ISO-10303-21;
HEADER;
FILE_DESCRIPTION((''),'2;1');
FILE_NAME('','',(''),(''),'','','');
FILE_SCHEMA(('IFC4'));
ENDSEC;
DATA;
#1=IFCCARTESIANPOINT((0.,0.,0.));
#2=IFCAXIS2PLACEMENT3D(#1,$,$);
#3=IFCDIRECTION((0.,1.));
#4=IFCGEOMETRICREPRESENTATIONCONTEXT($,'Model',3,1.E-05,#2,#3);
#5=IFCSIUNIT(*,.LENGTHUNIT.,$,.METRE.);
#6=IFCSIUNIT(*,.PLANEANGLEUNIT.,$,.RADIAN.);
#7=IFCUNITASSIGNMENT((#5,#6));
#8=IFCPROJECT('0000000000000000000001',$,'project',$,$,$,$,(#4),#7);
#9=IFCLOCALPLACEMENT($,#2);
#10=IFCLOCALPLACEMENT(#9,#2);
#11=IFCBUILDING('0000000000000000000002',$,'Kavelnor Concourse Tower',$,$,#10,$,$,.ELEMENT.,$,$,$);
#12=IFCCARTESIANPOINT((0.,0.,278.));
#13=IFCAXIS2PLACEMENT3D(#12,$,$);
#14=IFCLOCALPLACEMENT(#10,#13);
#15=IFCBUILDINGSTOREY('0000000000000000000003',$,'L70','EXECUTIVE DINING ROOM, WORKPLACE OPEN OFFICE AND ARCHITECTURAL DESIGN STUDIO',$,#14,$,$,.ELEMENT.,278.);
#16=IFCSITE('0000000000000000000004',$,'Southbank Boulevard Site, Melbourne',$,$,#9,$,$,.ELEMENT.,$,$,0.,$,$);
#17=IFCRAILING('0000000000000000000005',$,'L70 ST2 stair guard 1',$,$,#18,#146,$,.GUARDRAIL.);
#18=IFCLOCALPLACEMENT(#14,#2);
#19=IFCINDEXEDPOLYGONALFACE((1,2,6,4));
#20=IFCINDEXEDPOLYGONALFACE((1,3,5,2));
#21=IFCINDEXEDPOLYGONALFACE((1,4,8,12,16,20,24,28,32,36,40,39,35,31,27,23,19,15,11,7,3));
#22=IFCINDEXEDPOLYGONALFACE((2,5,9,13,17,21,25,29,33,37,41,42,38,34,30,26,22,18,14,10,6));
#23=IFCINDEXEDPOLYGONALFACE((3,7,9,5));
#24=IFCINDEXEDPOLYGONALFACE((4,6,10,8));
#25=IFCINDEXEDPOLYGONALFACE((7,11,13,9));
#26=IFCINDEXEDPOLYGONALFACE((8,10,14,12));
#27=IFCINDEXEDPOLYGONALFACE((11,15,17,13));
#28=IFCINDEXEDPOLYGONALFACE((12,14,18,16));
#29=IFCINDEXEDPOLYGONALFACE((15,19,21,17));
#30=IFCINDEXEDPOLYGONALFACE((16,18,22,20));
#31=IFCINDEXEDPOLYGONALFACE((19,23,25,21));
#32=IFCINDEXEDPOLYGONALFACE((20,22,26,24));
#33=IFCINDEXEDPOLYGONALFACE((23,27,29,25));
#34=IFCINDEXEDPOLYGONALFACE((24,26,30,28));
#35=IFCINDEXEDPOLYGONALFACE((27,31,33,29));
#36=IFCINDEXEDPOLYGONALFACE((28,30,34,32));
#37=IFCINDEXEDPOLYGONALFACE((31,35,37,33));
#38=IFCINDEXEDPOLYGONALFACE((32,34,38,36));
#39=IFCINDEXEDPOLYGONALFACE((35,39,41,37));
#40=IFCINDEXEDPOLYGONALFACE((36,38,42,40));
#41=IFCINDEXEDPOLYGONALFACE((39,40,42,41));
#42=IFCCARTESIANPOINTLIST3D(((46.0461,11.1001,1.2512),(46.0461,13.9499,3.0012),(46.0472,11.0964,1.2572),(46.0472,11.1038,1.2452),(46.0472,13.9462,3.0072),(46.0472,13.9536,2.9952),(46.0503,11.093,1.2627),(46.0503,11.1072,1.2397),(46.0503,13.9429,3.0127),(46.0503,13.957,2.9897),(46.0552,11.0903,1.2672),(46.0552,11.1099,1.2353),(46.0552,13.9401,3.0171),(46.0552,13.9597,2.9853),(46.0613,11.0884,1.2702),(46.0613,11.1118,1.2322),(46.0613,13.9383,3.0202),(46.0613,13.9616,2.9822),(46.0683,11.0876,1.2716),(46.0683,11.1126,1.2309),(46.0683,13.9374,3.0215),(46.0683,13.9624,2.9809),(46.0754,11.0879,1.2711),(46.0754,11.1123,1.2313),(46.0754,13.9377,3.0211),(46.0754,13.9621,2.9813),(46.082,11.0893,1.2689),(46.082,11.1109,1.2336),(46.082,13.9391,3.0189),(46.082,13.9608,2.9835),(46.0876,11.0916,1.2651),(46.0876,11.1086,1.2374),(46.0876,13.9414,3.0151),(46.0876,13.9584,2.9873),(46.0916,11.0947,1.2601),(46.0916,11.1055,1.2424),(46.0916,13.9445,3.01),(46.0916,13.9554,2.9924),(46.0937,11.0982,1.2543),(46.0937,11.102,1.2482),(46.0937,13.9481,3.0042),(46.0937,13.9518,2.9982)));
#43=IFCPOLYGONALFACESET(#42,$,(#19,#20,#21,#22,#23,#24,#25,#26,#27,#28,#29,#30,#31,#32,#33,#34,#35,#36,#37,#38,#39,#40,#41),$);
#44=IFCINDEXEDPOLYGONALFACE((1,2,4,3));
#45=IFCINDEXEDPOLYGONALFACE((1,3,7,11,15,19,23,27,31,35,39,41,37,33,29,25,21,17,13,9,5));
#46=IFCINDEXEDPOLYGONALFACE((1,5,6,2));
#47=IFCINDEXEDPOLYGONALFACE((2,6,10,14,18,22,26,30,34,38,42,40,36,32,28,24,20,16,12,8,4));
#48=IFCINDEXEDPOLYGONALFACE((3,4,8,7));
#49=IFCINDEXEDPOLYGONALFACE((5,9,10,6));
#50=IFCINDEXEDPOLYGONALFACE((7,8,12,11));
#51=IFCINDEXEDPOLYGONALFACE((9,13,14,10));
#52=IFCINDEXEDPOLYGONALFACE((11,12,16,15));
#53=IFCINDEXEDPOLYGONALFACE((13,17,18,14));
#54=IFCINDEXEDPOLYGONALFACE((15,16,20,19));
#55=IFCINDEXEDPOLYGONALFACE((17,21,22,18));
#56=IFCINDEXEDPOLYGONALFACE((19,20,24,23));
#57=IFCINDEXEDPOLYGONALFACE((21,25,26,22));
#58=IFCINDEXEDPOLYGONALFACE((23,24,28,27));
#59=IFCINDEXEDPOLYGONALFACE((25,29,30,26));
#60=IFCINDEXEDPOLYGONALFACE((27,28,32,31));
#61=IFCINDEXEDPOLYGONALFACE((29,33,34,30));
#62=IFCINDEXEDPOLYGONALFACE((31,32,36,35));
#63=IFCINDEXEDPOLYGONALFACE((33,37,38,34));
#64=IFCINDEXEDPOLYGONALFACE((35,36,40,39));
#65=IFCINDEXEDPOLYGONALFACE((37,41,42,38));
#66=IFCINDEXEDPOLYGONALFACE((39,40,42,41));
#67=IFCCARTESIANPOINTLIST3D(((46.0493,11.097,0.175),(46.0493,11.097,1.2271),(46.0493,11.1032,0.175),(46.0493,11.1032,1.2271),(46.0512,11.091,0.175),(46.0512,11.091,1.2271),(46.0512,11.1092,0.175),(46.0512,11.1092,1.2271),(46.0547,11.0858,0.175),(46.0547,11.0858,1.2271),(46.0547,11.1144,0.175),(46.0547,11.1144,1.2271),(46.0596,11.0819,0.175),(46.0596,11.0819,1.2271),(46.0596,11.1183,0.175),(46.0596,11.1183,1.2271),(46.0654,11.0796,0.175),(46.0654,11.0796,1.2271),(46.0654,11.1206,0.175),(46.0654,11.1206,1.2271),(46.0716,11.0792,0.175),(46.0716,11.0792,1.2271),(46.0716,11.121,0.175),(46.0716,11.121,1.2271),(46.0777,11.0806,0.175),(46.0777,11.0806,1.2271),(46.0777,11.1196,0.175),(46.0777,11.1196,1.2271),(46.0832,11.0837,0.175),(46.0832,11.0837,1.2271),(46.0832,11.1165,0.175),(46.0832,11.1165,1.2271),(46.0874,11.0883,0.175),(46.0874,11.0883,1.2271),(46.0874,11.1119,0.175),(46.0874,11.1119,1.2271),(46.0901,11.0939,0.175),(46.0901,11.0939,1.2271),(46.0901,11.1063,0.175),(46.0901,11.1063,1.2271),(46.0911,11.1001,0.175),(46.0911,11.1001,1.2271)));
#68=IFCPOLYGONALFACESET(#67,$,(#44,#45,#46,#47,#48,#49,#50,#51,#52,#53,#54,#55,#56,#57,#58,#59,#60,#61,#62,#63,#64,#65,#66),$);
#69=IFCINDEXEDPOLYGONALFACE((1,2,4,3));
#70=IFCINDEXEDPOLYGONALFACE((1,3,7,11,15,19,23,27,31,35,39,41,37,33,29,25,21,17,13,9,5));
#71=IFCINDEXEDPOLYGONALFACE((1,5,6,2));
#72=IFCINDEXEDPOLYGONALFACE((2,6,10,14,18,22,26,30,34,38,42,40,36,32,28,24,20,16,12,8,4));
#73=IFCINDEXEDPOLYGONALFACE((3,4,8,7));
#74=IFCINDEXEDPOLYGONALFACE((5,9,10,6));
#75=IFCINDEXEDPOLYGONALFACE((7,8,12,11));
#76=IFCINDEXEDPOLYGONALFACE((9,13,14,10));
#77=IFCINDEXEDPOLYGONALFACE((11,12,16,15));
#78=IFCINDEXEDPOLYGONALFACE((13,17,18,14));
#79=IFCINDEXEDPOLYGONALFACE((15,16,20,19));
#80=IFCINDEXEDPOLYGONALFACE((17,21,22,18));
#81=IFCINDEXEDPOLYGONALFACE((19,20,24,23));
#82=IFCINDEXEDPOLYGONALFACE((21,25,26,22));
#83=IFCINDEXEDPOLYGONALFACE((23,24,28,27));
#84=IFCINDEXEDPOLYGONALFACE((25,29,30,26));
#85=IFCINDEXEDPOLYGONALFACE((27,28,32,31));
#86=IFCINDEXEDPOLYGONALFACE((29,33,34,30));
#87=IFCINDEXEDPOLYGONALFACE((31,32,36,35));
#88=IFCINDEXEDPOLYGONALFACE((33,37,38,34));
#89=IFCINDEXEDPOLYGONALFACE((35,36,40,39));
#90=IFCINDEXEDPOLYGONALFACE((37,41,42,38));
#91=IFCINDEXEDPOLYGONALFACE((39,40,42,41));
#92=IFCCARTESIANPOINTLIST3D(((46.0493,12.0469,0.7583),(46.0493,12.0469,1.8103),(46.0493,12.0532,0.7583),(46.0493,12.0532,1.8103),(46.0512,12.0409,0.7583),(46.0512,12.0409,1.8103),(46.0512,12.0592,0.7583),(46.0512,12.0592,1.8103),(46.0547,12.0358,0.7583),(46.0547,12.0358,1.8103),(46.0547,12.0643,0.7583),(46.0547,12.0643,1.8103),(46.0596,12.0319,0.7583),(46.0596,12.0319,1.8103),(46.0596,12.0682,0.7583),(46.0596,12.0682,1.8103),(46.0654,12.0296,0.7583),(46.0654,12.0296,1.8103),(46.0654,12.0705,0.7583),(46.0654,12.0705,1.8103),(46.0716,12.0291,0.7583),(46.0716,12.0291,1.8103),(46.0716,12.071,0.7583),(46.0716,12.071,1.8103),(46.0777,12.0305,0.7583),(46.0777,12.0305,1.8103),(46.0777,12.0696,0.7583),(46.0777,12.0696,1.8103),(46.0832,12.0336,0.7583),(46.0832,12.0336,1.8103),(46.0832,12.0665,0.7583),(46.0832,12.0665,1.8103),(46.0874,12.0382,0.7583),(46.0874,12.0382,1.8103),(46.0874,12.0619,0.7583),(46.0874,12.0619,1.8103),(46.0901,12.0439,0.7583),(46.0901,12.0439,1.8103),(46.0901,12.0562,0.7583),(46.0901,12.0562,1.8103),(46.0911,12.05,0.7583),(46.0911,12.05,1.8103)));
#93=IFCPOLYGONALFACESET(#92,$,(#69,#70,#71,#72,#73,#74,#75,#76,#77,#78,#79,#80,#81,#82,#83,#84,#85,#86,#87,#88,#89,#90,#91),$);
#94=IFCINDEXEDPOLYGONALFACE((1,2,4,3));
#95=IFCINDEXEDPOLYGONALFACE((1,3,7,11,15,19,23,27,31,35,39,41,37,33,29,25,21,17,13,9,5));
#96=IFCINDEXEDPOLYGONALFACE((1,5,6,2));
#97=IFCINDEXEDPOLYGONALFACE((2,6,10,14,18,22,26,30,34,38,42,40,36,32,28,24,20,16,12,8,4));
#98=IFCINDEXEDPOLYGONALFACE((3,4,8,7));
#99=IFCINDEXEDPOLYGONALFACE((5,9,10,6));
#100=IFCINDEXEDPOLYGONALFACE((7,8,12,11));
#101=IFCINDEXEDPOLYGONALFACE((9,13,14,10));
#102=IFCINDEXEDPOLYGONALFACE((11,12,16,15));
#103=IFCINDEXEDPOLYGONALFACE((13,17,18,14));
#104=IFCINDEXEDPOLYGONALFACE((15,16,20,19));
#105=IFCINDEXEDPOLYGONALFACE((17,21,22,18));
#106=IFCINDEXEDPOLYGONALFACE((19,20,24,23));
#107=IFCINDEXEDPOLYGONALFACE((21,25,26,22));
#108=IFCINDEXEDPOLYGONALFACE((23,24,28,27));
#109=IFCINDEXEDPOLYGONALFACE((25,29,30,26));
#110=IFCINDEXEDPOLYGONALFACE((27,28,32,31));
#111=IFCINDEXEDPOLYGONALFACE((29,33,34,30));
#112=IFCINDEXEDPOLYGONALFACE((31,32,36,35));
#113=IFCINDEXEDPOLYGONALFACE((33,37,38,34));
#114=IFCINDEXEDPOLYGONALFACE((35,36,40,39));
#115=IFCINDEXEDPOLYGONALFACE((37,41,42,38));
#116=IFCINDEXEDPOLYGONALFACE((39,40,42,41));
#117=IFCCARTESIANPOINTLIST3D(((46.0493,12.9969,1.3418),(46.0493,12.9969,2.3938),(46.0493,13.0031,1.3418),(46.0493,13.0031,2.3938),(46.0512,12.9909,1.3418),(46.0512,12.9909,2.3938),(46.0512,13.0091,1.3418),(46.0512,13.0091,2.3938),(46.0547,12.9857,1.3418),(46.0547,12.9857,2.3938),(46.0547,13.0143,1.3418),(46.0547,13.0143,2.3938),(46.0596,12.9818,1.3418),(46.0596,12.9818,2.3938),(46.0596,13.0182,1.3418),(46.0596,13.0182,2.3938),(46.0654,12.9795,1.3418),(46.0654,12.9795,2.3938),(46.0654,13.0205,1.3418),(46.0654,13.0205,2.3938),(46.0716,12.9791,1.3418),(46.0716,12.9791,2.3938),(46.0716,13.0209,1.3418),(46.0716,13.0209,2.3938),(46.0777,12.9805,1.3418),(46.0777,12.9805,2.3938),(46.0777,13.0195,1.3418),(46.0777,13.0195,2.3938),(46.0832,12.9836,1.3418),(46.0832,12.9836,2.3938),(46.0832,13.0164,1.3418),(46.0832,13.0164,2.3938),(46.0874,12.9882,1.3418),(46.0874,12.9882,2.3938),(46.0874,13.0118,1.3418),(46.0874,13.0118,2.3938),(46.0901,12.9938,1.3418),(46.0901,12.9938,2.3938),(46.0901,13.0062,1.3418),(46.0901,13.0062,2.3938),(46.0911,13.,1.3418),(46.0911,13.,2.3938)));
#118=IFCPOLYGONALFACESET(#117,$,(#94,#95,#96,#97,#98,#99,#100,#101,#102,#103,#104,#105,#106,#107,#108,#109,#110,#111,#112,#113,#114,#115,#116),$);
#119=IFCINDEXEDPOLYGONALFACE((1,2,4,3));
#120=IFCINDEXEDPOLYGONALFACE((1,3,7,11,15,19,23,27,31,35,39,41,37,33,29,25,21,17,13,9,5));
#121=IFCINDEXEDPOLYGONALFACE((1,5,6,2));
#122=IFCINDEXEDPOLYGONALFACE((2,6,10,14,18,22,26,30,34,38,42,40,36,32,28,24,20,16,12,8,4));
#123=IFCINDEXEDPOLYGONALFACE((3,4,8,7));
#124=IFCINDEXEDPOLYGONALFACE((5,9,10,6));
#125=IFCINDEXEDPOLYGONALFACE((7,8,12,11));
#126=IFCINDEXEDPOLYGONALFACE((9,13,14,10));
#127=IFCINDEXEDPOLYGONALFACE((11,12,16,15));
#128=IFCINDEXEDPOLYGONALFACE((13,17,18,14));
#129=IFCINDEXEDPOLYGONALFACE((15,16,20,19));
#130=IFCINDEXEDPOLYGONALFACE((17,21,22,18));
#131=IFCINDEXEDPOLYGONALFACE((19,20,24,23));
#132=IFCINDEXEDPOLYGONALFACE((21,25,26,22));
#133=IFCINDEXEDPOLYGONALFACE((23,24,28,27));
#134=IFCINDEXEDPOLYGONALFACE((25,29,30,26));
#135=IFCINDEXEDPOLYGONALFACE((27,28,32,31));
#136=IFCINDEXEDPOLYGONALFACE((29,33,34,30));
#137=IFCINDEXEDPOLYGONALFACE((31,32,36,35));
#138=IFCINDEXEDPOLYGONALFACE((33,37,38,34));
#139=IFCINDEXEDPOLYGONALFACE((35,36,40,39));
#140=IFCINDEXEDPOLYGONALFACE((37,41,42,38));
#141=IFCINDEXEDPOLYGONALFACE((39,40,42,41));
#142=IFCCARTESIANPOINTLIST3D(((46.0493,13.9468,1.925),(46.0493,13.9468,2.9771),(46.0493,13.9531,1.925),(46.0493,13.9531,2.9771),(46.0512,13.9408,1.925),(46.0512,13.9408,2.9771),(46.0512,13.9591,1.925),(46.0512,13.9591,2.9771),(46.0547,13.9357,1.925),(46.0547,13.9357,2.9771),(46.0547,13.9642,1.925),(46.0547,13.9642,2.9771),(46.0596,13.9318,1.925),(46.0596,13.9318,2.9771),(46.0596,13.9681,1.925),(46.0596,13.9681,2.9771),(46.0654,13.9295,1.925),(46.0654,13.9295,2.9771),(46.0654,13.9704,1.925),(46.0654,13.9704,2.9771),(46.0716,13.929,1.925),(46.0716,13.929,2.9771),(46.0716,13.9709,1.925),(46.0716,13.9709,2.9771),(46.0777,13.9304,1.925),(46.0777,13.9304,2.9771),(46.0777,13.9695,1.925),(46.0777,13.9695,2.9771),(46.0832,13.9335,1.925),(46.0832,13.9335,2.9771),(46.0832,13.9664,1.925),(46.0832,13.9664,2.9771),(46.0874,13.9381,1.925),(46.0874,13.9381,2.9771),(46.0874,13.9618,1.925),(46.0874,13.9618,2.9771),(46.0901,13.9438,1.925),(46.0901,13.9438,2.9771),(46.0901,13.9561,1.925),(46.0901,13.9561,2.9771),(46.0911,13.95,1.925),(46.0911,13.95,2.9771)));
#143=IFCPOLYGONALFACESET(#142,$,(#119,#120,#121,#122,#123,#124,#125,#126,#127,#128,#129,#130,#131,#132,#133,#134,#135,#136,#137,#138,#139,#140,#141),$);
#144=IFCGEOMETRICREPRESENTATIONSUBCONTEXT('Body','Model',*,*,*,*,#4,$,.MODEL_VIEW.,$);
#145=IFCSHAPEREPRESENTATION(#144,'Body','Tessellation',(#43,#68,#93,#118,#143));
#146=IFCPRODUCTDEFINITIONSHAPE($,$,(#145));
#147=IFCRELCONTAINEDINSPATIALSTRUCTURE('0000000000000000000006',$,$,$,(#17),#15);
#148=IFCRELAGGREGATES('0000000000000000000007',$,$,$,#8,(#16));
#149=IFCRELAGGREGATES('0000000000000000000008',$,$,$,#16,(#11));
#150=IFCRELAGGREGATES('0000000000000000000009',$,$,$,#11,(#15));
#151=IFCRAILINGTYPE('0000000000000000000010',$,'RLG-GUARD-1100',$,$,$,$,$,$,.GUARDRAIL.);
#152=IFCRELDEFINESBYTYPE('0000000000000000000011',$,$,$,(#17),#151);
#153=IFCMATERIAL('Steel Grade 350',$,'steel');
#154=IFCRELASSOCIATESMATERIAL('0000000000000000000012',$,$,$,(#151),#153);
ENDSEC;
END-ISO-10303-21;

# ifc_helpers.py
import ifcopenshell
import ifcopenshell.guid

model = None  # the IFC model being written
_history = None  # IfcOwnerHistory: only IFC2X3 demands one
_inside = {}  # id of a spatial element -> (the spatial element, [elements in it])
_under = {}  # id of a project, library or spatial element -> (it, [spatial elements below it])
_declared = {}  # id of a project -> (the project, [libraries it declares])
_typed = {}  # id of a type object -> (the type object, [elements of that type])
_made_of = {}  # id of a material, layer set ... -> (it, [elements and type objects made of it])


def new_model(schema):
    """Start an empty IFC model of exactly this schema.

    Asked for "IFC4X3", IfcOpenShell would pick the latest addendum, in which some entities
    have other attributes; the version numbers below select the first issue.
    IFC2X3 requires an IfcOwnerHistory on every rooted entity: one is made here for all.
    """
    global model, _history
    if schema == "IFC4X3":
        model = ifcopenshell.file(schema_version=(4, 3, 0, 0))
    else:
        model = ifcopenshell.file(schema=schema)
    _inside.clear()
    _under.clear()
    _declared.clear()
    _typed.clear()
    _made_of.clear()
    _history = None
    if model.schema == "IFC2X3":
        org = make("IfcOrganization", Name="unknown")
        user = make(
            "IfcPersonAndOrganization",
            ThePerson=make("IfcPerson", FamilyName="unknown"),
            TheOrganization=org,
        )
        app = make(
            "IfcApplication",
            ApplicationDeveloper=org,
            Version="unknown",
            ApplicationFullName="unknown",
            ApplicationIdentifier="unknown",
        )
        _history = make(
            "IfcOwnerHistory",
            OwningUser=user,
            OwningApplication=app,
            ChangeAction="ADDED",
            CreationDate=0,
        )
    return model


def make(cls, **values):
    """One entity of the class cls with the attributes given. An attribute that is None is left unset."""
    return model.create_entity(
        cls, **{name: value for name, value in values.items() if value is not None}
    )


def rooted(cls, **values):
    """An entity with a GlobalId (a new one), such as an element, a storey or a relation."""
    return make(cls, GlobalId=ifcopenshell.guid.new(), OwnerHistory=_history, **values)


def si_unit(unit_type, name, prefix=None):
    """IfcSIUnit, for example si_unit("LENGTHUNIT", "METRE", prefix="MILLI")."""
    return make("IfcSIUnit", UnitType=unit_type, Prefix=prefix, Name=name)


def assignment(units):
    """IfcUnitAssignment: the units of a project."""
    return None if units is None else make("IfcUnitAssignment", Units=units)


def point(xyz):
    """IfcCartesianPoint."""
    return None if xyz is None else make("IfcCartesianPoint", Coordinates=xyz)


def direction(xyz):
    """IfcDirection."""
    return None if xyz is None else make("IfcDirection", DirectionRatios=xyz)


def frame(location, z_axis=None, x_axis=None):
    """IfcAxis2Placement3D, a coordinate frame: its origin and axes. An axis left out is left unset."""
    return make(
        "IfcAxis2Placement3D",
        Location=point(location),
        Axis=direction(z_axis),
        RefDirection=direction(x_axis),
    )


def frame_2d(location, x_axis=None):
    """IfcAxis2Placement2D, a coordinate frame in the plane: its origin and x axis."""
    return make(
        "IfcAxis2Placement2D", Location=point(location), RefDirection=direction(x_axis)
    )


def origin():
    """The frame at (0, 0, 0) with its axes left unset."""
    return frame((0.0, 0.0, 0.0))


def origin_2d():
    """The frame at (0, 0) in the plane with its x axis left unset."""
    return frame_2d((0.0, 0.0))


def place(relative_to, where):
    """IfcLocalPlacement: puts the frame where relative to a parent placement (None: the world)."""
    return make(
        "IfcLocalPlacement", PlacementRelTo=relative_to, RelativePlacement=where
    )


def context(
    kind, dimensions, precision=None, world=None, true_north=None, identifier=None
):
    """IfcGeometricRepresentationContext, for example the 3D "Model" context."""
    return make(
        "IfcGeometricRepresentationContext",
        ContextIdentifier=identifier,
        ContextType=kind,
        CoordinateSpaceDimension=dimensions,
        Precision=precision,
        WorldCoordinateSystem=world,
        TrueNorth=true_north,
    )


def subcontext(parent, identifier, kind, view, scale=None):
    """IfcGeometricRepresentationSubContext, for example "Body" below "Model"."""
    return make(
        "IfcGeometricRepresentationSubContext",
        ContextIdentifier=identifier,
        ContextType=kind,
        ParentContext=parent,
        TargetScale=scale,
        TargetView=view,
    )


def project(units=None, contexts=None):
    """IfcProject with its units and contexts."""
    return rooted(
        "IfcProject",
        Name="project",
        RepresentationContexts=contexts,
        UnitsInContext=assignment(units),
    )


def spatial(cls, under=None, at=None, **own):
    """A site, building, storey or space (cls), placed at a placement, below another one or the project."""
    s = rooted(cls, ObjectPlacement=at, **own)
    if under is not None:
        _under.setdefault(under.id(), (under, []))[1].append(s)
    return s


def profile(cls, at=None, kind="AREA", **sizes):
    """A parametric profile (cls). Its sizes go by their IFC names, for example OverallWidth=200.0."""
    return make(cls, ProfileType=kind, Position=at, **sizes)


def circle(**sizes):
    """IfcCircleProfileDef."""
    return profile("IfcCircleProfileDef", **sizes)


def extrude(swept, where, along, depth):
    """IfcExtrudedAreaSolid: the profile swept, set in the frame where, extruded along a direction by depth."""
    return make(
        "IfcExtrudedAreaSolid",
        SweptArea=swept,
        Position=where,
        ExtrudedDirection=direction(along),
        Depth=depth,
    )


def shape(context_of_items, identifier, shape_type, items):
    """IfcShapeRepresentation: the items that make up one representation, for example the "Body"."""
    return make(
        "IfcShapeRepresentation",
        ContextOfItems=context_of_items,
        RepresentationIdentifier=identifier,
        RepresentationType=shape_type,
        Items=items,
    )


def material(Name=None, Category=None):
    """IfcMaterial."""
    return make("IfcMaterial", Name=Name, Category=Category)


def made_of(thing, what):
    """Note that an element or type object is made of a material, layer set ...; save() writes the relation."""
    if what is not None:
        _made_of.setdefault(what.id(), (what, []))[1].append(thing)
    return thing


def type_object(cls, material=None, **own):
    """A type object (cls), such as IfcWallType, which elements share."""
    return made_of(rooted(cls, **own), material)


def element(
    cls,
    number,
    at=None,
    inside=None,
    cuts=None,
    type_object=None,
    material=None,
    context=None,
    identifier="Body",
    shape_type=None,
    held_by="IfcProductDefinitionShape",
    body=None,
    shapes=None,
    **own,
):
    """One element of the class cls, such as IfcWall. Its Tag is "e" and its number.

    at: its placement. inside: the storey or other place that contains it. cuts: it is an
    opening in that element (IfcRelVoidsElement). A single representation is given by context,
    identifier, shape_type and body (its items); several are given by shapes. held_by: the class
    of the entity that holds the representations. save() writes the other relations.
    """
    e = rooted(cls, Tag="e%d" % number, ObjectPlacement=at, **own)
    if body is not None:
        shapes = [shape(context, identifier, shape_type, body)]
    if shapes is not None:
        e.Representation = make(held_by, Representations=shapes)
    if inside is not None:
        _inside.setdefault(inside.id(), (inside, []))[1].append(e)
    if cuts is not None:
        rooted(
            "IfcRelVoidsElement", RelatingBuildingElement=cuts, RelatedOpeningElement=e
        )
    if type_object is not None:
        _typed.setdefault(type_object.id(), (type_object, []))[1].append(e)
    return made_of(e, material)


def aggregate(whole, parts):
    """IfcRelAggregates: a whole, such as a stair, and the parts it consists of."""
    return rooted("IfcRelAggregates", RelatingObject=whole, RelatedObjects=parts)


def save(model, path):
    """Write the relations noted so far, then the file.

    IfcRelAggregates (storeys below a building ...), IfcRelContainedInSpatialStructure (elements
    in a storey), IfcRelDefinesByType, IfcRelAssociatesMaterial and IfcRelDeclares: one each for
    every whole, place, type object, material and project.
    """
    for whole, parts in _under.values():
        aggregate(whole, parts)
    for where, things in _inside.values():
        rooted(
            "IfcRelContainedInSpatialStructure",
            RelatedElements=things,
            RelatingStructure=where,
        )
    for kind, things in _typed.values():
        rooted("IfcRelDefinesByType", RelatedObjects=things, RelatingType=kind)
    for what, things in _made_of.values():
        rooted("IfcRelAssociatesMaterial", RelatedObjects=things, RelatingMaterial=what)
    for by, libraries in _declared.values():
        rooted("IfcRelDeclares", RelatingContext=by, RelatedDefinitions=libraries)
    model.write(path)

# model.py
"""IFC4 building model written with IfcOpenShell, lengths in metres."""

from ifc_helpers import new_model, si_unit, direction, frame, origin, origin_2d, place, context, subcontext, project, spatial, circle, extrude, material, type_object, element, save


model = new_model("IFC4")

# Units and contexts
model_context = context("Model", 3, precision=1e-05, world=origin(), true_north=direction((0.0, 1.0)))
body_context = subcontext(model_context, "Body", "Model", "MODEL_VIEW")
ifc_project = project(units=[si_unit("LENGTHUNIT", "METRE"), si_unit("PLANEANGLEUNIT", "RADIAN")], contexts=[model_context])

# Site, building, storey
site_placement = place(None, origin())
site = spatial("IfcSite", under=ifc_project, at=site_placement, Name="Southbank Boulevard Site, Melbourne", CompositionType="ELEMENT", RefElevation=0.0)
building_placement = place(site_placement, origin())
building = spatial("IfcBuilding", under=site, at=building_placement, Name="Kavelnor Concourse Tower", CompositionType="ELEMENT")
storey_placement = place(building_placement, frame((0.0, 0.0, 278.0)))
storey = spatial("IfcBuildingStorey", under=building, at=storey_placement, Name="L70", Description="EXECUTIVE DINING ROOM, WORKPLACE OPEN OFFICE AND ARCHITECTURAL DESIGN STUDIO", CompositionType="ELEMENT", Elevation=278.0)

# Shared definitions
ifc_material_1 = material(Name="Steel Grade 350", Category="steel")

# Railing
railing_type_1 = type_object("IfcRailingType", Name="RLG-GUARD-1100", PredefinedType="GUARDRAIL", material=ifc_material_1)
railing_1_placement = place(storey_placement, frame((46.0701, 11.1001, 0.175)))
element("IfcRailing", 1, at=railing_1_placement, inside=storey, type_object=railing_type_1, Name="L70 ST2 stair guard 1", PredefinedType="GUARDRAIL", context=body_context, shape_type="SweptSolid", body=[
    extrude(circle(Radius=0.0239, at=origin_2d()), frame((0.0, 0.0, 1.0762), z_axis=(0.0, 0.852159, 0.523283), x_axis=(-1.0, 0.0, 0.0)), (0.0, 0.0, 1.0), 3.3442),
    extrude(circle(Radius=0.021, at=origin_2d()), origin(), (0.0, 0.0, 1.0), 1.052),
    extrude(circle(Radius=0.021, at=origin_2d()), frame((0.0, 0.95, 0.5833)), (0.0, 0.0, 1.0), 1.052),
    extrude(circle(Radius=0.021, at=origin_2d()), frame((0.0, 1.8999, 1.1667)), (0.0, 0.0, 1.0), 1.052),
    extrude(circle(Radius=0.021, at=origin_2d()), frame((0.0, 2.8499, 1.75)), (0.0, 0.0, 1.0), 1.052),
])

save(model, "model.ifc")
